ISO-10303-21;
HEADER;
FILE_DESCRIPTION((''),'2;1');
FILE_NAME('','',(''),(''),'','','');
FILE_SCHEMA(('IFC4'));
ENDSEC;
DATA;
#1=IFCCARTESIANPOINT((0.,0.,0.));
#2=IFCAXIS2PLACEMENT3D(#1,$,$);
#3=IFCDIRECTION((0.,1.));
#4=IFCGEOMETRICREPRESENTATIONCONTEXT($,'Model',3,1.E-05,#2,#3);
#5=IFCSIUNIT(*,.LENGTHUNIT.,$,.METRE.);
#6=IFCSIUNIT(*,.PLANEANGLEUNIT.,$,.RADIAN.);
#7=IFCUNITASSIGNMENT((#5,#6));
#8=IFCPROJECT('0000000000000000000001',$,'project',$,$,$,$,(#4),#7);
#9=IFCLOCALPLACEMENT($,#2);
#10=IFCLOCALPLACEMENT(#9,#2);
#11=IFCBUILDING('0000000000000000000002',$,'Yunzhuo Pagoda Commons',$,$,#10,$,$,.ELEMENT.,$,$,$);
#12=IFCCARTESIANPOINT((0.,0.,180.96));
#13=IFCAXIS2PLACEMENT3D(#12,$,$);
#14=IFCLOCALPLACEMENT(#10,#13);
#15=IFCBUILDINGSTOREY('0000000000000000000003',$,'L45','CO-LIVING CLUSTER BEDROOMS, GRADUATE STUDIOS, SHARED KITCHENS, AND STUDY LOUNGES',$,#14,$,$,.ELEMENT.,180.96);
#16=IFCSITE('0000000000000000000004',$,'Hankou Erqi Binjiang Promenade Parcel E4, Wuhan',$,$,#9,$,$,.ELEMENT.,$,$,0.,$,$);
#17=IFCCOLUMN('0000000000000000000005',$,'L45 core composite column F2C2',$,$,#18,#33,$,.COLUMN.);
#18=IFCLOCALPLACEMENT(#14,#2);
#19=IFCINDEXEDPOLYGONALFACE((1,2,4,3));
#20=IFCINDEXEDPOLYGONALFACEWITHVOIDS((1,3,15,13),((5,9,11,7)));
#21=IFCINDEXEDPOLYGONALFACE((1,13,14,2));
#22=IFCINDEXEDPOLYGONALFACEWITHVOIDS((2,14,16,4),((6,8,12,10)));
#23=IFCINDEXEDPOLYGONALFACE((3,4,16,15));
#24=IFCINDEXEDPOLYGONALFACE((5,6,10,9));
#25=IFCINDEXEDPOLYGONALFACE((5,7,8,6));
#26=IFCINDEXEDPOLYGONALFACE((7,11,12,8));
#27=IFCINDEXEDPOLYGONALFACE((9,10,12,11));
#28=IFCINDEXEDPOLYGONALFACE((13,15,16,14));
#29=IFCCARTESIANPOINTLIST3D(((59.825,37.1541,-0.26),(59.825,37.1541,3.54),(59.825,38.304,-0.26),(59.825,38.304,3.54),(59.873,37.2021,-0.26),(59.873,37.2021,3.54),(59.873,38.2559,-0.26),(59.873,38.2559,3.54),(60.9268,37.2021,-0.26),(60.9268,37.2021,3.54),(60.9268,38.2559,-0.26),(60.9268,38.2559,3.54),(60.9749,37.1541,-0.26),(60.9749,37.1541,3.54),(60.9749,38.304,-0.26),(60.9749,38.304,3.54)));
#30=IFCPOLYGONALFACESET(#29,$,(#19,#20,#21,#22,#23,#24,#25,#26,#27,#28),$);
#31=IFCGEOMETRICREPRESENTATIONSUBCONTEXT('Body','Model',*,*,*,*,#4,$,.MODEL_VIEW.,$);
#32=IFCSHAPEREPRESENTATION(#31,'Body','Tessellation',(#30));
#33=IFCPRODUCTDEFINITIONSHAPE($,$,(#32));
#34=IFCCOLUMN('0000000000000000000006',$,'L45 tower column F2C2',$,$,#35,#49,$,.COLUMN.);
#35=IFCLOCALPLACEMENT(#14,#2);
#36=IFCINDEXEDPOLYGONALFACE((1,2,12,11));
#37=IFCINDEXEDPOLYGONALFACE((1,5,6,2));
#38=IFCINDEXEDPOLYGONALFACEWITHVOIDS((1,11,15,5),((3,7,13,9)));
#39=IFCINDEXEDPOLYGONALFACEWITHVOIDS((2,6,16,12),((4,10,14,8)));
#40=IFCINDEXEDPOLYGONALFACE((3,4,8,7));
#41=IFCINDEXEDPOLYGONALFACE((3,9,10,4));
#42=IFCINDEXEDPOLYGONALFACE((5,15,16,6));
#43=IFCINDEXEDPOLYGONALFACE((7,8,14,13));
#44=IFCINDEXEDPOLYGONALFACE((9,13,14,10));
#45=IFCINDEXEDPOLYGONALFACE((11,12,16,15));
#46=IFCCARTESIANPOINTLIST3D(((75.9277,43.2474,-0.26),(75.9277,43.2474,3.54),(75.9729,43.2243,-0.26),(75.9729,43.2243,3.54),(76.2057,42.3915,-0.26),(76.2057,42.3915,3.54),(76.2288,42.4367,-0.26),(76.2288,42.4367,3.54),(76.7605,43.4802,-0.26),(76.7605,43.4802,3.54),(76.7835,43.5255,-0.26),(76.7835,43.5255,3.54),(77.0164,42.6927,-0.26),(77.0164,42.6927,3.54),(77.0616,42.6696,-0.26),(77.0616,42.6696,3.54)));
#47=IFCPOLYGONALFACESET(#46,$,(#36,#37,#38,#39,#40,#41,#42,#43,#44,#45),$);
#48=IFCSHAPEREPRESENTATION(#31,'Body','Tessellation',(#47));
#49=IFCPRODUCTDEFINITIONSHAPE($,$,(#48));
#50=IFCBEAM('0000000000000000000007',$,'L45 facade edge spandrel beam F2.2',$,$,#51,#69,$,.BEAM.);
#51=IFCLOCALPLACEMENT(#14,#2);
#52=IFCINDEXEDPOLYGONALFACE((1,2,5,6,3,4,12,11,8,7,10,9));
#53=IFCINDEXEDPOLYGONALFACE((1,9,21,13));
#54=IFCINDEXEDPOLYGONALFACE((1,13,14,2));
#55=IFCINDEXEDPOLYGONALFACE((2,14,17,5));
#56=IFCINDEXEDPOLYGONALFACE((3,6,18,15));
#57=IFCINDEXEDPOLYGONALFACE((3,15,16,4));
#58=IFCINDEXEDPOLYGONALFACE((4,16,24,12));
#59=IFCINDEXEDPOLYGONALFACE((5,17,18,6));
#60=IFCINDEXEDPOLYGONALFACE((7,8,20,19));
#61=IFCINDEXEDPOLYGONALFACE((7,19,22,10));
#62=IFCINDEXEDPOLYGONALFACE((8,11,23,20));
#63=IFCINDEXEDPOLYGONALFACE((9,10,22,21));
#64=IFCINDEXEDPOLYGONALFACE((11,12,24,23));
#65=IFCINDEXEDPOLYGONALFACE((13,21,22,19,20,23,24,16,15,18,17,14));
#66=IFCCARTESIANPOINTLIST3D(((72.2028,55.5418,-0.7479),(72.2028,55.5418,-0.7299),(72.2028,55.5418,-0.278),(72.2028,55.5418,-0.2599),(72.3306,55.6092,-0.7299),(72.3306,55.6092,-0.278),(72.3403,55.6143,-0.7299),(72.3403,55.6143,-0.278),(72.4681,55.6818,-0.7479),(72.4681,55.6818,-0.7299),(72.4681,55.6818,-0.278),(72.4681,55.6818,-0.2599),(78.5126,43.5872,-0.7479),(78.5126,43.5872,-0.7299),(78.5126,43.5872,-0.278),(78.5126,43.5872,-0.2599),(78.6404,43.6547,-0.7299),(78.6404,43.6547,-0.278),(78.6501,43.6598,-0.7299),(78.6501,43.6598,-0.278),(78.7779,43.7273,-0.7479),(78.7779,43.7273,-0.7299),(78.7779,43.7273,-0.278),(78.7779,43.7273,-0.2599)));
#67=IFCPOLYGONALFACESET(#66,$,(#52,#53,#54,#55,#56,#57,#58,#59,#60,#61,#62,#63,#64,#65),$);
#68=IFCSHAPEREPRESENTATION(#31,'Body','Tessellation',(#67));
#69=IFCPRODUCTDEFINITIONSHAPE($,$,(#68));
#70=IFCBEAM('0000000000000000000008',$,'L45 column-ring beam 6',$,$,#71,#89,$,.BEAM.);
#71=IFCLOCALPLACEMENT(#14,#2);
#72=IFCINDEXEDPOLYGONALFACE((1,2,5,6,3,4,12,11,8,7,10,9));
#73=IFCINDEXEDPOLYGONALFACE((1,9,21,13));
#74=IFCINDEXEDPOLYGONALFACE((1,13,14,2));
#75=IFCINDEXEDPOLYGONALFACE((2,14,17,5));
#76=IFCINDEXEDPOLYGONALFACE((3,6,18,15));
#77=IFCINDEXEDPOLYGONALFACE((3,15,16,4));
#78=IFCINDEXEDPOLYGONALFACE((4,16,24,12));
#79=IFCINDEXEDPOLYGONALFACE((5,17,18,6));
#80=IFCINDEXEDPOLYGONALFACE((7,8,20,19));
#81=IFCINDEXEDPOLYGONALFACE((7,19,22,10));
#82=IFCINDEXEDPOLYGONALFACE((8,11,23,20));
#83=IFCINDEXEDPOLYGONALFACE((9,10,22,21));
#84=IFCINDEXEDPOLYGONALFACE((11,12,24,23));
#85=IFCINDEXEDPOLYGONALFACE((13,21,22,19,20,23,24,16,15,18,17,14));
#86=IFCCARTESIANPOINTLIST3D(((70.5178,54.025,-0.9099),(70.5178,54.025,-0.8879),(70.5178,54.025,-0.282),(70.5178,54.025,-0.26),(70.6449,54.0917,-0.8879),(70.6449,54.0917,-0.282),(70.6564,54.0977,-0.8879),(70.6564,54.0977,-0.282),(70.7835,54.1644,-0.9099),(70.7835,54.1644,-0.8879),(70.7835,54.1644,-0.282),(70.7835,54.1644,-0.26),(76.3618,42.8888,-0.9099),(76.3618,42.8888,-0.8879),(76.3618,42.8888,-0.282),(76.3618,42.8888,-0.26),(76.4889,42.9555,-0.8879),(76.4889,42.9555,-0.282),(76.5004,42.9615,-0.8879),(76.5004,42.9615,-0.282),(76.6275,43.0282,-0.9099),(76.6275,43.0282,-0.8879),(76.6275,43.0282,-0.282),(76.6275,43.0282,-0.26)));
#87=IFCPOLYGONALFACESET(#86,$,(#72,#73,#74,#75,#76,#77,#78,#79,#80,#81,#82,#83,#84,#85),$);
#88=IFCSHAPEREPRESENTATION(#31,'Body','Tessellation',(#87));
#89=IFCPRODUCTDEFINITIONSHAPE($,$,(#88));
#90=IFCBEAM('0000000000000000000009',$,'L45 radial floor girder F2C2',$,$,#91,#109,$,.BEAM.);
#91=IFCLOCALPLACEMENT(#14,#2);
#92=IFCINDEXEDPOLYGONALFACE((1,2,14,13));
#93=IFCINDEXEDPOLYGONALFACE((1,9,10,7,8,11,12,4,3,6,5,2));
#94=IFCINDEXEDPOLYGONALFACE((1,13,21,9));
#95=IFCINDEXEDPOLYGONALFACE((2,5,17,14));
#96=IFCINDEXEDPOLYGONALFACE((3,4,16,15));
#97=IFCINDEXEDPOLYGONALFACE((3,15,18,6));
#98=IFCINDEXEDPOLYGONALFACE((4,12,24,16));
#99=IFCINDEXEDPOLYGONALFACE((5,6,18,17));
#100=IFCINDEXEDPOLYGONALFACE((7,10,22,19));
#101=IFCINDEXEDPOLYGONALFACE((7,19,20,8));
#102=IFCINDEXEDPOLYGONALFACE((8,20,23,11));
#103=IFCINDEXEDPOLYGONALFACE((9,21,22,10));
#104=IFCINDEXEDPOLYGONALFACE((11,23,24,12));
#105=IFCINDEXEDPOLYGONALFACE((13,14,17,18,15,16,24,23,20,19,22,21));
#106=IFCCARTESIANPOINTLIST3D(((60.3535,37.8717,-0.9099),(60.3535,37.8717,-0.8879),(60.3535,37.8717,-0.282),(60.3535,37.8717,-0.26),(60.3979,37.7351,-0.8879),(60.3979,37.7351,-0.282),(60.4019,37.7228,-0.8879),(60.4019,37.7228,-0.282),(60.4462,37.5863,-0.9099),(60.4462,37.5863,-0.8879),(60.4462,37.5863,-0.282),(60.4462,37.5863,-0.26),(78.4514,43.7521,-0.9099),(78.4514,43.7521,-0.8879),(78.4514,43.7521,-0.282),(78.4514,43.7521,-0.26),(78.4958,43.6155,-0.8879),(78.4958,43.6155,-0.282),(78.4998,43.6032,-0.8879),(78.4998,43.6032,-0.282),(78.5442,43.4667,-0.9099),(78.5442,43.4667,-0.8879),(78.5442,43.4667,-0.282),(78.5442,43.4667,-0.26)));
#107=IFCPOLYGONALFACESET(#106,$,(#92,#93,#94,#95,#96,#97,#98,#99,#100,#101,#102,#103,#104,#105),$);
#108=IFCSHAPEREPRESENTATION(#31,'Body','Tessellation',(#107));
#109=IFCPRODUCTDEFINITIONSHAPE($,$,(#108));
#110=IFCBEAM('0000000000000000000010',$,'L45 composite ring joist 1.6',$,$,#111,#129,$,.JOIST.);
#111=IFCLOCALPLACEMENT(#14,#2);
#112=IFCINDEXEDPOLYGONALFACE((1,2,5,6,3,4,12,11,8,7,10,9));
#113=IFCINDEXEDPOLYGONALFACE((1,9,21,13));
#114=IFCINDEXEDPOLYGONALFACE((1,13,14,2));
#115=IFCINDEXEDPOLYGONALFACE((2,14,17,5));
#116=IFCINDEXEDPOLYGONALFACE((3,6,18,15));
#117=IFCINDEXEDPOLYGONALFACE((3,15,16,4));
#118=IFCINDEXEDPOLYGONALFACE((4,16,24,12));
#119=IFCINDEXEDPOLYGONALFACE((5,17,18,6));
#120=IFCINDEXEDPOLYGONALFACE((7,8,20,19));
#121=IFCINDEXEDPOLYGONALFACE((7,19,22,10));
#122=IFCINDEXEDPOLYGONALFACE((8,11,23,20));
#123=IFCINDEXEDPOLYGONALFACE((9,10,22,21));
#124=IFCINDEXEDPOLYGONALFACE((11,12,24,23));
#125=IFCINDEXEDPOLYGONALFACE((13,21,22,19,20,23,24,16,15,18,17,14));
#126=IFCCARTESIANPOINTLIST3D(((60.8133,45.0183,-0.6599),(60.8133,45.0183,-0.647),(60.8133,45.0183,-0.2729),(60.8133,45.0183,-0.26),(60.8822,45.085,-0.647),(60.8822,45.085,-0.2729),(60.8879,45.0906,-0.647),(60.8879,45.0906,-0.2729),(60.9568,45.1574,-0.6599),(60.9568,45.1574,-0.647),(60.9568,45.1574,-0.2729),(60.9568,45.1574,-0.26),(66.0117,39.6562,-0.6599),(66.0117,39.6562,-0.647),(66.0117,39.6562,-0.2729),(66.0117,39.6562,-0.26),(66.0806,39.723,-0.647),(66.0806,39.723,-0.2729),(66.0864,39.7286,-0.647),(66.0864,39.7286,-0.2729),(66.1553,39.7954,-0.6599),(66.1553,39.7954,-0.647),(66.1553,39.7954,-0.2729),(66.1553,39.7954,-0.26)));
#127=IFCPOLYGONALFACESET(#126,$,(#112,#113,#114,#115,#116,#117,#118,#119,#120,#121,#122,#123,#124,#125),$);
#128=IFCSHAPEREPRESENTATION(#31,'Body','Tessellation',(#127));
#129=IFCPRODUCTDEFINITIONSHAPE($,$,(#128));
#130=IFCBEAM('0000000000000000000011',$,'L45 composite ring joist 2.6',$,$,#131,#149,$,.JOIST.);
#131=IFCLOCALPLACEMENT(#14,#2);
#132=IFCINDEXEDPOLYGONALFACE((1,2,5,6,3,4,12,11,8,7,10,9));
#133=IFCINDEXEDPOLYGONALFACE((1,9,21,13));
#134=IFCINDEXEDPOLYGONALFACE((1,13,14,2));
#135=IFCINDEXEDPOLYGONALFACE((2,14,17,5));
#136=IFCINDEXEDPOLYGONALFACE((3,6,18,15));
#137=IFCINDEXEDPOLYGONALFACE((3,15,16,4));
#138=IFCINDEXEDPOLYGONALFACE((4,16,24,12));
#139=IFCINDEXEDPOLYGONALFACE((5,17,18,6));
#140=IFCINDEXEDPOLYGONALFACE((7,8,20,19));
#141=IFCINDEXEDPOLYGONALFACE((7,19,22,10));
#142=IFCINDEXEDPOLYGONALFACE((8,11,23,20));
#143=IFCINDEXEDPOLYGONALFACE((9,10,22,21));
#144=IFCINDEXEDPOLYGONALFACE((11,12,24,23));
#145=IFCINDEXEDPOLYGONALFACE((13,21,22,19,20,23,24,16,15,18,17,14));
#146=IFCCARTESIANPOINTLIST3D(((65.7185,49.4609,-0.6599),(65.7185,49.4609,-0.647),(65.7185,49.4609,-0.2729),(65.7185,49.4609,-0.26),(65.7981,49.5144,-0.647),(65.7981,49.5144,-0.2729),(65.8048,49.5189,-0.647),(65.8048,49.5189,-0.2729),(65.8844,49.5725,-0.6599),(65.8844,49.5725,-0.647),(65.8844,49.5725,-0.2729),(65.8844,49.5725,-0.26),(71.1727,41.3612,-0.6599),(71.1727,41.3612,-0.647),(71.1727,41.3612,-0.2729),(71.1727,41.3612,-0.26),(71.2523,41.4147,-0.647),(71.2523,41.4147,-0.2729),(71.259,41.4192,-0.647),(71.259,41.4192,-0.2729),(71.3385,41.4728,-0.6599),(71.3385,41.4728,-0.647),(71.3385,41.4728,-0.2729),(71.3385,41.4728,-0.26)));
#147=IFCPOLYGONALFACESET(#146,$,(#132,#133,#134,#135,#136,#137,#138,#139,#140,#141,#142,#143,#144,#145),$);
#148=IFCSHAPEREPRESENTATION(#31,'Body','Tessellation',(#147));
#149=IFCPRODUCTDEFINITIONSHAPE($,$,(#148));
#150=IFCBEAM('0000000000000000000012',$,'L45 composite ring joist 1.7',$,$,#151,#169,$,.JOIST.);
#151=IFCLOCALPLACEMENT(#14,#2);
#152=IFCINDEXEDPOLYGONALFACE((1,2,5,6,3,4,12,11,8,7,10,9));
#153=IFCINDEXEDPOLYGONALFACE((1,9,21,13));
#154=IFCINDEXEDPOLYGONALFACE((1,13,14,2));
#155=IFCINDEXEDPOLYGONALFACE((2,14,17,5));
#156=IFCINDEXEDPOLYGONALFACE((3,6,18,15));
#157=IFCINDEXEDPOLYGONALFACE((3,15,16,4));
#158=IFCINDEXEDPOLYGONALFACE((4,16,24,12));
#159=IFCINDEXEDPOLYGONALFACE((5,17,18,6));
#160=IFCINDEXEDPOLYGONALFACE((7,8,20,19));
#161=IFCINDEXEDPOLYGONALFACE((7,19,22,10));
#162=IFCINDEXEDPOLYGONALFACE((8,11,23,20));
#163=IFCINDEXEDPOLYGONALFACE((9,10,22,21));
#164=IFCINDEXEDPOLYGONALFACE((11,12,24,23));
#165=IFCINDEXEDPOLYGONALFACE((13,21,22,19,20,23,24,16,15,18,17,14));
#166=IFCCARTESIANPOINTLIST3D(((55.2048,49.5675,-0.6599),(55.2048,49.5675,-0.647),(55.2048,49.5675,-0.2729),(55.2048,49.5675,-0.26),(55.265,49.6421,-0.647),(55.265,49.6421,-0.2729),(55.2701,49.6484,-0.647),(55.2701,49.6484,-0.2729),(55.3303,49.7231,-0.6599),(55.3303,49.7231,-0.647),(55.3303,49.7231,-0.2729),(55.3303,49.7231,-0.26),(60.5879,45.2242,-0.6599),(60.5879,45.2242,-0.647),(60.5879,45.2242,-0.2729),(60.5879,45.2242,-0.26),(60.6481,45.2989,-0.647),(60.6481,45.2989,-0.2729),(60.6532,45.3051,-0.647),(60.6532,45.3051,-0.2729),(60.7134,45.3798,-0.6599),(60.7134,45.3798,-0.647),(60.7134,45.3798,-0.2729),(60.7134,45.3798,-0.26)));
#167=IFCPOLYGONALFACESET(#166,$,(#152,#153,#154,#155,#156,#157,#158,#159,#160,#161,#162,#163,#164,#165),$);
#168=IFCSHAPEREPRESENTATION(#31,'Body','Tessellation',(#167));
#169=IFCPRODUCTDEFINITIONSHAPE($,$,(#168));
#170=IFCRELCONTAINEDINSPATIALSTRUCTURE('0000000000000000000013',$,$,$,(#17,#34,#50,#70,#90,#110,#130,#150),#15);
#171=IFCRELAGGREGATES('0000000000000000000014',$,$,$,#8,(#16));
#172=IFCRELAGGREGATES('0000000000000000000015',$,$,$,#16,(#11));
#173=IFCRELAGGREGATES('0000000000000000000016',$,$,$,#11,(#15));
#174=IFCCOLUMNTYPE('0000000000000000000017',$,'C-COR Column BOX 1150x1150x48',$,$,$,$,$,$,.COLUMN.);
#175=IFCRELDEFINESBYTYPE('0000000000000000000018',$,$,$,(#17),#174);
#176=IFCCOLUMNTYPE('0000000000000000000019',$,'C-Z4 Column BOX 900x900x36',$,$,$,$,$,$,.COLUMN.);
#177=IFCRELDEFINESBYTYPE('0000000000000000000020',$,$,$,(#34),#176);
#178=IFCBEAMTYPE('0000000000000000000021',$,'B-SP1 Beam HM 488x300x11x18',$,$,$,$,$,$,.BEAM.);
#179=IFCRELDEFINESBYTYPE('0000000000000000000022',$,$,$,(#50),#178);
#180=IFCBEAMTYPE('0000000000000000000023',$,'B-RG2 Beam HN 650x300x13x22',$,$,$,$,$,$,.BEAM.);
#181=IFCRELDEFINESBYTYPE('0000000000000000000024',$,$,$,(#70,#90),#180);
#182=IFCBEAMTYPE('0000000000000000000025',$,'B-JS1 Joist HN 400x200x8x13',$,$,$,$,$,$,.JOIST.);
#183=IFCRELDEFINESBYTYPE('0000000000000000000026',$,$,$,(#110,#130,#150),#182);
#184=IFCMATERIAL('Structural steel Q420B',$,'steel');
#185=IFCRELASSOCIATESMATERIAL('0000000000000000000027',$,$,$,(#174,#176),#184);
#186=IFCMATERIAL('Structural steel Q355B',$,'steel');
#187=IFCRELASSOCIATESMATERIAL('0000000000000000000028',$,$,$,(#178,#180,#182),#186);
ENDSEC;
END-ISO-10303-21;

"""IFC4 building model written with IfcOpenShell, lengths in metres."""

from ifc_helpers import new_model, si_unit, direction, frame, origin, origin_2d, place, context, subcontext, project, spatial, hollow_rectangle, i_section, extrude, source, transform, mapped, material, material_profile, profile_set, type_object, element, save


model = new_model("IFC4")

# Units and contexts
model_context = context("Model", 3, precision=1e-05, world=origin(), true_north=direction((0.0, 1.0)))
body_context = subcontext(model_context, "Body", "Model", "MODEL_VIEW")
ifc_project = project(units=[si_unit("LENGTHUNIT", "METRE"), si_unit("PLANEANGLEUNIT", "RADIAN")], contexts=[model_context])

# Site, building, storey
site_placement = place(None, origin())
site = spatial("IfcSite", under=ifc_project, at=site_placement, Name="Hankou Erqi Binjiang Promenade Parcel E4, Wuhan", CompositionType="ELEMENT", RefElevation=0.0)
building_placement = place(site_placement, origin())
building = spatial("IfcBuilding", under=site, at=building_placement, Name="Yunzhuo Pagoda Commons", CompositionType="ELEMENT")
storey_placement = place(building_placement, frame((0.0, 0.0, 180.96)))
storey = spatial("IfcBuildingStorey", under=building, at=storey_placement, Name="L45", Description="CO-LIVING CLUSTER BEDROOMS, GRADUATE STUDIOS, SHARED KITCHENS, AND STUDY LOUNGES", CompositionType="ELEMENT", Elevation=180.96)

# Columns
ifc_material_1 = material(Name="Structural steel Q420B", Category="steel")
ifc_material_profile_1 = material_profile(ifc_material_1, hollow_rectangle(XDim=1.1499, YDim=1.1499, WallThickness=0.0481, at=origin_2d()), Name="Structural steel Q420B")
ifc_profile_set_1 = profile_set([ifc_material_profile_1], Name="Structural steel Q420B")
column_type_1 = type_object("IfcColumnType", Name="C-COR Column BOX 1150x1150x48", PredefinedType="COLUMN", material=ifc_profile_set_1)
shared_shape_1 = source(origin(), body_context, "Body", "SweptSolid", [
    extrude(hollow_rectangle(XDim=1.1499, YDim=1.1499, WallThickness=0.0481, at=origin_2d()), origin(), (0.0, 0.0, 1.0), 3.8),
])
column_1_placement = place(storey_placement, frame((60.3999, 37.729, -0.26), z_axis=(0.0, 0.0, 1.0), x_axis=(1.0, 0.0, 0.0)))
element("IfcColumn", 1, at=column_1_placement, inside=storey, type_object=column_type_1, Name="L45 core composite column F2C2", PredefinedType="COLUMN", context=body_context, shape_type="MappedRepresentation", body=[
    mapped(shared_shape_1, transform((0.0, 0.0, 0.0), scale=1.0)),
])
ifc_material_profile_2 = material_profile(ifc_material_1, hollow_rectangle(XDim=0.8999, YDim=0.8999, WallThickness=0.0359, at=origin_2d()), Name="Structural steel Q420B")
ifc_profile_set_2 = profile_set([ifc_material_profile_2], Name="Structural steel Q420B")
column_type_2 = type_object("IfcColumnType", Name="C-Z4 Column BOX 900x900x36", PredefinedType="COLUMN", material=ifc_profile_set_2)
shared_shape_2 = source(origin(), body_context, "Body", "SweptSolid", [
    extrude(hollow_rectangle(XDim=0.8999, YDim=0.8999, WallThickness=0.0359, at=origin_2d()), origin(), (0.0, 0.0, 1.0), 3.8),
])
column_2_placement = place(storey_placement, frame((76.4946, 42.9585, -0.26), z_axis=(0.0, 0.0, 1.0), x_axis=(-0.309017, 0.951057, 0.0)))
element("IfcColumn", 2, at=column_2_placement, inside=storey, type_object=column_type_2, Name="L45 tower column F2C2", PredefinedType="COLUMN", context=body_context, shape_type="MappedRepresentation", body=[
    mapped(shared_shape_2, transform((0.0, 0.0, 0.0), scale=1.0)),
])

# Beams
ifc_material_2 = material(Name="Structural steel Q355B", Category="steel")
ifc_material_profile_3 = material_profile(ifc_material_2, i_section(OverallWidth=0.3, OverallDepth=0.488, WebThickness=0.011, FlangeThickness=0.0181, at=origin_2d()), Name="Structural steel Q355B")
ifc_profile_set_3 = profile_set([ifc_material_profile_3], Name="Structural steel Q355B")
beam_type_1 = type_object("IfcBeamType", Name="B-SP1 Beam HM 488x300x11x18", PredefinedType="BEAM", material=ifc_profile_set_3)
shared_shape_3 = source(origin(), body_context, "Body", "SweptSolid", [
    extrude(i_section(OverallWidth=0.3, OverallDepth=0.488, WebThickness=0.011, FlangeThickness=0.0181, at=origin_2d()), origin(), (0.0, 0.0, 1.0), 13.5176),
])
beam_1_placement = place(storey_placement, frame((78.6453, 43.6572, -0.5039), z_axis=(-0.466785, 0.884371, 0.0), x_axis=(-0.884371, -0.466785, 0.0)))
element("IfcBeam", 3, at=beam_1_placement, inside=storey, type_object=beam_type_1, Name="L45 facade edge spandrel beam F2.2", PredefinedType="BEAM", context=body_context, shape_type="MappedRepresentation", body=[
    mapped(shared_shape_3, transform((0.0, 0.0, 0.0), scale=1.0)),
])
ifc_material_profile_4 = material_profile(ifc_material_2, i_section(OverallWidth=0.3, OverallDepth=0.6499, WebThickness=0.0129, FlangeThickness=0.022, at=origin_2d()), Name="Structural steel Q355B")
ifc_profile_set_4 = profile_set([ifc_material_profile_4], Name="Structural steel Q355B")
beam_type_2 = type_object("IfcBeamType", Name="B-RG2 Beam HN 650x300x13x22", PredefinedType="BEAM", material=ifc_profile_set_4)
shared_shape_4 = source(origin(), body_context, "Body", "SweptSolid", [
    extrude(i_section(OverallWidth=0.3, OverallDepth=0.6499, WebThickness=0.0129, FlangeThickness=0.022, at=origin_2d()), origin(), (0.0, 0.0, 1.0), 12.5764),
])
beam_2_placement = place(storey_placement, frame((76.4946, 42.9585, -0.585), z_axis=(-0.464676, 0.885481, 0.0), x_axis=(-0.885481, -0.464676, 0.0)))
element("IfcBeam", 4, at=beam_2_placement, inside=storey, type_object=beam_type_2, Name="L45 column-ring beam 6", PredefinedType="BEAM", context=body_context, shape_type="MappedRepresentation", body=[
    mapped(shared_shape_4, transform((0.0, 0.0, 0.0), scale=1.0)),
])
shared_shape_5 = source(origin(), body_context, "Body", "SweptSolid", [
    extrude(i_section(OverallWidth=0.3, OverallDepth=0.6499, WebThickness=0.0129, FlangeThickness=0.022, at=origin_2d()), origin(), (0.0, 0.0, 1.0), 19.0293),
])
beam_3_placement = place(storey_placement, frame((78.4978, 43.6094, -0.585), z_axis=(-0.951056, -0.309017, 0.0), x_axis=(0.309017, -0.951056, 0.0)))
element("IfcBeam", 5, at=beam_3_placement, inside=storey, type_object=beam_type_2, Name="L45 radial floor girder F2C2", PredefinedType="BEAM", context=body_context, shape_type="MappedRepresentation", body=[
    mapped(shared_shape_5, transform((0.0, 0.0, 0.0), scale=1.0)),
])
ifc_material_profile_5 = material_profile(ifc_material_2, i_section(OverallWidth=0.2, OverallDepth=0.3999, WebThickness=0.0081, FlangeThickness=0.0129, at=origin_2d()), Name="Structural steel Q355B")
ifc_profile_set_5 = profile_set([ifc_material_profile_5], Name="Structural steel Q355B")
beam_type_3 = type_object("IfcBeamType", Name="B-JS1 Joist HN 400x200x8x13", PredefinedType="JOIST", material=ifc_profile_set_5)
shared_shape_6 = source(origin(), body_context, "Body", "SweptSolid", [
    extrude(i_section(OverallWidth=0.2, OverallDepth=0.3999, WebThickness=0.0081, FlangeThickness=0.0129, at=origin_2d()), origin(), (0.0, 0.0, 1.0), 7.4683),
])
beam_4_placement = place(storey_placement, frame((66.0835, 39.7258, -0.46), z_axis=(-0.696071, 0.717973, 0.0), x_axis=(-0.717973, -0.696071, 0.0)))
element("IfcBeam", 6, at=beam_4_placement, inside=storey, type_object=beam_type_3, Name="L45 composite ring joist 1.6", PredefinedType="JOIST", context=body_context, shape_type="MappedRepresentation", body=[
    mapped(shared_shape_6, transform((0.0, 0.0, 0.0), scale=1.0)),
])
shared_shape_7 = source(origin(), body_context, "Body", "SweptSolid", [
    extrude(i_section(OverallWidth=0.2, OverallDepth=0.3999, WebThickness=0.0081, FlangeThickness=0.0129, at=origin_2d()), origin(), (0.0, 0.0, 1.0), 9.7649),
])
beam_5_placement = place(storey_placement, frame((71.2556, 41.417, -0.46), z_axis=(-0.558548, 0.829472, 0.0), x_axis=(-0.829472, -0.558548, 0.0)))
element("IfcBeam", 7, at=beam_5_placement, inside=storey, type_object=beam_type_3, Name="L45 composite ring joist 2.6", PredefinedType="JOIST", context=body_context, shape_type="MappedRepresentation", body=[
    mapped(shared_shape_7, transform((0.0, 0.0, 0.0), scale=1.0)),
])
shared_shape_8 = source(origin(), body_context, "Body", "SweptSolid", [
    extrude(i_section(OverallWidth=0.2, OverallDepth=0.3999, WebThickness=0.0081, FlangeThickness=0.0129, at=origin_2d()), origin(), (0.0, 0.0, 1.0), 6.9167),
])
beam_6_placement = place(storey_placement, frame((60.6506, 45.302, -0.46), z_axis=(-0.778266, 0.627935, 0.0), x_axis=(-0.627935, -0.778266, 0.0)))
element("IfcBeam", 8, at=beam_6_placement, inside=storey, type_object=beam_type_3, Name="L45 composite ring joist 1.7", PredefinedType="JOIST", context=body_context, shape_type="MappedRepresentation", body=[
    mapped(shared_shape_8, transform((0.0, 0.0, 0.0), scale=1.0)),
])

save(model, "model.ifc")
